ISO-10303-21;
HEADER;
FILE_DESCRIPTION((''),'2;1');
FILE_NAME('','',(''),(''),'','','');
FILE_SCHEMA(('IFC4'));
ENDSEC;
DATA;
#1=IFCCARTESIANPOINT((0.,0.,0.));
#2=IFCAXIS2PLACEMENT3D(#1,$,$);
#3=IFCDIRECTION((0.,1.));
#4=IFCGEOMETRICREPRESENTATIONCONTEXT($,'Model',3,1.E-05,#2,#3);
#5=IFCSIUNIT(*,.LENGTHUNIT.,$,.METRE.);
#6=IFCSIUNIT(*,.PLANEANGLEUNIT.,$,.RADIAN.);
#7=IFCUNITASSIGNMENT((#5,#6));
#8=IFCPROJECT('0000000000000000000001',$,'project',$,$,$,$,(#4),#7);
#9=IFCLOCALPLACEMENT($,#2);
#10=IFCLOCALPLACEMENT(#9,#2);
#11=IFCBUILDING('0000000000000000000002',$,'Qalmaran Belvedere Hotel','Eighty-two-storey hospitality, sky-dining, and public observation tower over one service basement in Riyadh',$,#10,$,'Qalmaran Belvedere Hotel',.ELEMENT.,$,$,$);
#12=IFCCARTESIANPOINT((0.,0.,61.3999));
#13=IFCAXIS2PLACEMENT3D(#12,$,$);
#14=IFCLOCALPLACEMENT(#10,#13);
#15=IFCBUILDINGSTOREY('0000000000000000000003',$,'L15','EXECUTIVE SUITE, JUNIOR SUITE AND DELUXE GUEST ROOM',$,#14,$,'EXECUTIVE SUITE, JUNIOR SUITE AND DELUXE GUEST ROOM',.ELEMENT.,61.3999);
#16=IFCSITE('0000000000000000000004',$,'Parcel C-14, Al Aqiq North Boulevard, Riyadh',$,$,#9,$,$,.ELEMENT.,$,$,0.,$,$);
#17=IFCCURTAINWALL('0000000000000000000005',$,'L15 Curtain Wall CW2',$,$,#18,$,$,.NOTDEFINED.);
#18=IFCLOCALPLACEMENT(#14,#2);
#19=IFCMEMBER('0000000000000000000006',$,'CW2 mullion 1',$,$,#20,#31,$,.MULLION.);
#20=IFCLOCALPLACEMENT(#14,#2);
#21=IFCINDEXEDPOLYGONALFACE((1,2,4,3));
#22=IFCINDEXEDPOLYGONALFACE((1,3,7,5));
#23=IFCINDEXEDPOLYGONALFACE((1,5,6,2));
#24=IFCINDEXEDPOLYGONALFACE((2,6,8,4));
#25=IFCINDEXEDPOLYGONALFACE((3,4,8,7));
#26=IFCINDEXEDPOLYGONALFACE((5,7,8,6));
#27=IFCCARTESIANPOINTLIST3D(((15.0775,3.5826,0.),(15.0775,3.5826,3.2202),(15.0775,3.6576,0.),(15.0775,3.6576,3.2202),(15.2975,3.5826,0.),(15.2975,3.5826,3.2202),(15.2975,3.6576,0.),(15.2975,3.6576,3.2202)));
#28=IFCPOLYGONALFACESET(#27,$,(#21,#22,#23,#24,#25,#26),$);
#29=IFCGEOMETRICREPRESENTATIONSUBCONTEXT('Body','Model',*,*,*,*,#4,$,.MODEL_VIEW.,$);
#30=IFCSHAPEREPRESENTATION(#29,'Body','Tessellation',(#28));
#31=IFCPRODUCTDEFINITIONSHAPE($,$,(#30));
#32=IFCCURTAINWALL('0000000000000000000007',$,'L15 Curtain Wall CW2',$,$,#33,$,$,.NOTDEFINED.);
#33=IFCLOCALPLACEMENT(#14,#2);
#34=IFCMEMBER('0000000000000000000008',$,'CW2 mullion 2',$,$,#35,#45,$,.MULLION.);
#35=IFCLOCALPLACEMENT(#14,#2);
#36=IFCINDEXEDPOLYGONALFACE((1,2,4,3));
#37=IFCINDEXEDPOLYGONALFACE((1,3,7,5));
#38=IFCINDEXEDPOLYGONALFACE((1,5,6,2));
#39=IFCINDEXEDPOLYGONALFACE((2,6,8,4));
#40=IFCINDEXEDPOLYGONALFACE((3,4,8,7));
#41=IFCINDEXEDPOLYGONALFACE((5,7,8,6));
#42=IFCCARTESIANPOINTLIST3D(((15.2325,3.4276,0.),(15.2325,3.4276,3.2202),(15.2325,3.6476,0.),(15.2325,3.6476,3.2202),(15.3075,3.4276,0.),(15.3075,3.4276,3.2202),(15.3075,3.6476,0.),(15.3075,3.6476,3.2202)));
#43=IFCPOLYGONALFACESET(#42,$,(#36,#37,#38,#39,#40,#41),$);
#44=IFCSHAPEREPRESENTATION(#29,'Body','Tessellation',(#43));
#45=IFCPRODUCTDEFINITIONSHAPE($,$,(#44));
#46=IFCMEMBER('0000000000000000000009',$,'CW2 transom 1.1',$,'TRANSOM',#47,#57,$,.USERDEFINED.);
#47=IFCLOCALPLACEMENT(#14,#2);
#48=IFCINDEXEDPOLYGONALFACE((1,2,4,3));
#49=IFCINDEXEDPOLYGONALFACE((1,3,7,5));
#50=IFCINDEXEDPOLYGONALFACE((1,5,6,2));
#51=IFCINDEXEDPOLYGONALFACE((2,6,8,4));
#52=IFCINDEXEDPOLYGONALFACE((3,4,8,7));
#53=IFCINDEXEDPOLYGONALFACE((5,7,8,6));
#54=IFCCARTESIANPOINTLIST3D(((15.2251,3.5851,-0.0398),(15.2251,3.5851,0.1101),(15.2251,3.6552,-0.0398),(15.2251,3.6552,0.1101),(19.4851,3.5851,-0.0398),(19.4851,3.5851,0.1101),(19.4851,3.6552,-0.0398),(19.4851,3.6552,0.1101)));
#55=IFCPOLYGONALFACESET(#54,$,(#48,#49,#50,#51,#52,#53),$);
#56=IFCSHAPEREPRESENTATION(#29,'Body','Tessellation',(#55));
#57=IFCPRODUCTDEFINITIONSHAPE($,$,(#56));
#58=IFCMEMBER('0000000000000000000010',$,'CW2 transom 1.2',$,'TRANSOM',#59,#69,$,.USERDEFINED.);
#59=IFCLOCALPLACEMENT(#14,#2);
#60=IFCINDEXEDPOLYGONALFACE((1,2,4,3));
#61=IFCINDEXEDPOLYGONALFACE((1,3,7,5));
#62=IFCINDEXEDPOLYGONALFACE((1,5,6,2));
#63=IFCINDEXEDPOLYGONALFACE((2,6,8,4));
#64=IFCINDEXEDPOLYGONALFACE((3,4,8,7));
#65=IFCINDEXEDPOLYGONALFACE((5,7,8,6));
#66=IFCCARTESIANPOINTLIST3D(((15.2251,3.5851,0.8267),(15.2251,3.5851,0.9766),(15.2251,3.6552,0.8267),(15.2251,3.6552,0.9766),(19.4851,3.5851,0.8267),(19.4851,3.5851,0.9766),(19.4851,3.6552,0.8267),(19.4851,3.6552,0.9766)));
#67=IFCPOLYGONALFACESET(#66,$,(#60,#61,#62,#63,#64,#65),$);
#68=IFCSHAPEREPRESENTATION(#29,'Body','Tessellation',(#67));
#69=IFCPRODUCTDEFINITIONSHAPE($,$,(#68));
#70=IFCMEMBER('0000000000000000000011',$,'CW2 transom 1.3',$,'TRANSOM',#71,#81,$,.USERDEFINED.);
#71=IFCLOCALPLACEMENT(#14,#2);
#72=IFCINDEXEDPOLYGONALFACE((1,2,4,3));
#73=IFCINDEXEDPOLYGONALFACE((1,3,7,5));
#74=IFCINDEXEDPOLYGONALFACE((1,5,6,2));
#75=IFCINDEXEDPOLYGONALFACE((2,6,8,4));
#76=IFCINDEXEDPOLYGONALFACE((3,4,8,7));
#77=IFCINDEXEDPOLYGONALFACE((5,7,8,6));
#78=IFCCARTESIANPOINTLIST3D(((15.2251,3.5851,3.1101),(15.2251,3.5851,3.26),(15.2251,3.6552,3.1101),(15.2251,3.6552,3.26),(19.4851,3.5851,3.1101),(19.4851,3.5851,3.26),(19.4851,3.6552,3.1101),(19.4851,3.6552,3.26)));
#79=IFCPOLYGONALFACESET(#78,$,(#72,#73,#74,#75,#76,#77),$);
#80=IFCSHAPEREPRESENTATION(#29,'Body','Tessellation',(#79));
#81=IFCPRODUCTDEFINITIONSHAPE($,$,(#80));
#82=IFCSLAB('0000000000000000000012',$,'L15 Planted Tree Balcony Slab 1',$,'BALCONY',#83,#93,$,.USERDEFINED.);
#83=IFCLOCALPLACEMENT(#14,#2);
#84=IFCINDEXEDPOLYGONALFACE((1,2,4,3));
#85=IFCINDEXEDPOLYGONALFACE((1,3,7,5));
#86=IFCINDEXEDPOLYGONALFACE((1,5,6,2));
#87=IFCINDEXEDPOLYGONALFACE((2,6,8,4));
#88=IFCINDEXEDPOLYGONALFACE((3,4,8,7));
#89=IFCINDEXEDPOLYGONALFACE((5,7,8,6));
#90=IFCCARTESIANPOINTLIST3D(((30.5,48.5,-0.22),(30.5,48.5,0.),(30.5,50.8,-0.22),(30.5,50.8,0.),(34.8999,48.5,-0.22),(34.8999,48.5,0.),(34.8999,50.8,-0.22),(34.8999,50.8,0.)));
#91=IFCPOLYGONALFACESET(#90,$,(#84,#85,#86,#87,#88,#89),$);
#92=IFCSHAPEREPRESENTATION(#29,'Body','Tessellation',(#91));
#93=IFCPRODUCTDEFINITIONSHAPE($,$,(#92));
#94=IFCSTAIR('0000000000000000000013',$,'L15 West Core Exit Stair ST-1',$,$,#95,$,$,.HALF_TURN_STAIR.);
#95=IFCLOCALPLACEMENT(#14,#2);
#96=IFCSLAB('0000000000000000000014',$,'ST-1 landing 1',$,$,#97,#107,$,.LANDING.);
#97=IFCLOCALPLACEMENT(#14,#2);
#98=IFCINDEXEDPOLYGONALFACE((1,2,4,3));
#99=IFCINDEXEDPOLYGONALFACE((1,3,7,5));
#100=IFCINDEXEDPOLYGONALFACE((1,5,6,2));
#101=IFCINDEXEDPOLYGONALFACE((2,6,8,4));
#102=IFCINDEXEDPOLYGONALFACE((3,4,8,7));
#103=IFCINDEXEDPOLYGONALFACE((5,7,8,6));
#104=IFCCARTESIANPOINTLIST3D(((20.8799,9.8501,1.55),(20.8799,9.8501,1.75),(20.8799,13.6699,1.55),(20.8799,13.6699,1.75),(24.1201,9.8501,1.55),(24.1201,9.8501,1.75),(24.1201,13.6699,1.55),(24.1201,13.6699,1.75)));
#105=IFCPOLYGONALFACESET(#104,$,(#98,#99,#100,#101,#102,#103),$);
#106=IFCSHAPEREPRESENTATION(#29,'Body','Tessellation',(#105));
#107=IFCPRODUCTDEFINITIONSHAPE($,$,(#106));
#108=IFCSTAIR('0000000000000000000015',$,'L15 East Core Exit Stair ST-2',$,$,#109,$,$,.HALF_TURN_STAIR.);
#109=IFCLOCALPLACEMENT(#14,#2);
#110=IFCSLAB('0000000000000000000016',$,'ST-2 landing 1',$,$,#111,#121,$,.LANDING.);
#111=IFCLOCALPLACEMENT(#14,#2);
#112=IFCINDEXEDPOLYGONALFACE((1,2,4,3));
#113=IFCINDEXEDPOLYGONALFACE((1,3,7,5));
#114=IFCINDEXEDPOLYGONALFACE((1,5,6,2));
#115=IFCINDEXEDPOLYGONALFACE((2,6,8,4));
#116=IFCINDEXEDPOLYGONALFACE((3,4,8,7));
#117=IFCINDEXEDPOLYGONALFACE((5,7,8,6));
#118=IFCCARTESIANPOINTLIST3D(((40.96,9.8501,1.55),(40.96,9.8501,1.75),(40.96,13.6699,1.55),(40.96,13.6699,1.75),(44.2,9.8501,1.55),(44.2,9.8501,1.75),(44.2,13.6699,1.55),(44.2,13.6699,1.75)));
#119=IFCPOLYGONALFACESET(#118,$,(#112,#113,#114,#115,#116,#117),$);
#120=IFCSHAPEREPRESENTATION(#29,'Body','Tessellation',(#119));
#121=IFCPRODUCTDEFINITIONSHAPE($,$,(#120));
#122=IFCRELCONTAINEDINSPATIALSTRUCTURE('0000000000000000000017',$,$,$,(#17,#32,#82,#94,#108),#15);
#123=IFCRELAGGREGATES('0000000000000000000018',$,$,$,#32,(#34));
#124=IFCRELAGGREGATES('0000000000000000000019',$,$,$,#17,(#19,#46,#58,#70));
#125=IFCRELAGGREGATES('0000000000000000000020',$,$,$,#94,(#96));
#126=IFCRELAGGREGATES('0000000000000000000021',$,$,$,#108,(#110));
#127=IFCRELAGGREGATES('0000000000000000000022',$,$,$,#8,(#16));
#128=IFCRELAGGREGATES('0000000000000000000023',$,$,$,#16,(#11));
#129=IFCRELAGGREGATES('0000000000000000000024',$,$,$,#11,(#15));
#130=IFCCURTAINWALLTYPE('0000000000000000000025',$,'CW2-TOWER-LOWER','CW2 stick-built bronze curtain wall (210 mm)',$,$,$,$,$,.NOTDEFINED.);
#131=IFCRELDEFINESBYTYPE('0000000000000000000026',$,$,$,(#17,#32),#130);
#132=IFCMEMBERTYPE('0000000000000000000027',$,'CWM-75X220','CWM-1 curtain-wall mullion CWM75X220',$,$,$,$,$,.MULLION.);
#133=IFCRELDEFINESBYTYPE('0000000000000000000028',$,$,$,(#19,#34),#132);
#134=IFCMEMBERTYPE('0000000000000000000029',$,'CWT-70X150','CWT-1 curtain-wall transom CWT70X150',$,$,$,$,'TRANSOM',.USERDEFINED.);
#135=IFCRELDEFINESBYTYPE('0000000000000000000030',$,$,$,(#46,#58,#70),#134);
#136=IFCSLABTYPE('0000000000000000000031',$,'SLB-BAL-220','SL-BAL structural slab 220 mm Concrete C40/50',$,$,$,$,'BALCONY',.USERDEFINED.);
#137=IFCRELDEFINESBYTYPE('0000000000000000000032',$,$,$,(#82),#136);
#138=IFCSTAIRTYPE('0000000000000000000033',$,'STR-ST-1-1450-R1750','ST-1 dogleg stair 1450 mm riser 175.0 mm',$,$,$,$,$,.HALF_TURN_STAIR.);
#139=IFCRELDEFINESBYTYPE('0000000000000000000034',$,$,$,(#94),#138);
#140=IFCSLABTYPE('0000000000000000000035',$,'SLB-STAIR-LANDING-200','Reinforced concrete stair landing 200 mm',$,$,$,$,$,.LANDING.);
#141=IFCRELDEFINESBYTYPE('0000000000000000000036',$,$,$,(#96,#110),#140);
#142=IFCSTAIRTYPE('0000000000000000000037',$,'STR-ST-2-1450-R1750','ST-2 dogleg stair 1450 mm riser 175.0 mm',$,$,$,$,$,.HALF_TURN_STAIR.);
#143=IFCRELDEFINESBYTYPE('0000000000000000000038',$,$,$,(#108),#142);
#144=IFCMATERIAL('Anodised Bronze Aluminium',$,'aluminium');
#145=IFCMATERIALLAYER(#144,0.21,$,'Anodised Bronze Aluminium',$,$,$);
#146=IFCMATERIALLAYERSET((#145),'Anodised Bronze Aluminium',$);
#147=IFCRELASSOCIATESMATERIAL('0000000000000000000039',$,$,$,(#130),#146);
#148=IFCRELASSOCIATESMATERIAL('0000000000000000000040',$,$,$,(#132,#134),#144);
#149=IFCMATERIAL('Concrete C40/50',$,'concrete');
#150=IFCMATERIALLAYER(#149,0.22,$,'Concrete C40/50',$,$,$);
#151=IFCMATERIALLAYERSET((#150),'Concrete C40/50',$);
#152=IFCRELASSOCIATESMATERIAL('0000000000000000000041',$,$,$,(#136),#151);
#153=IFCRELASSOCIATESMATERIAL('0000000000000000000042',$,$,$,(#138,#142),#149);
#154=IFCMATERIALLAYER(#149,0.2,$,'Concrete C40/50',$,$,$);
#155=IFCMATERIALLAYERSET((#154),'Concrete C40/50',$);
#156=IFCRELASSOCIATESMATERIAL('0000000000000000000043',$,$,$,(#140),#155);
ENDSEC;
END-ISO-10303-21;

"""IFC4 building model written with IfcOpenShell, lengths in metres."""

from ifc_helpers import new_model, si_unit, direction, frame, origin, origin_2d, place, context, subcontext, project, spatial, polyline, rectangle, outline, extrude, material, layer, layer_set, material_profile, profile_set, type_object, element, aggregate, save


model = new_model("IFC4")

# Units and contexts
model_context = context("Model", 3, precision=1e-05, world=origin(), true_north=direction((0.0, 1.0)))
body_context = subcontext(model_context, "Body", "Model", "MODEL_VIEW")
ifc_project = project(units=[si_unit("LENGTHUNIT", "METRE"), si_unit("PLANEANGLEUNIT", "RADIAN")], contexts=[model_context])

# Site, building, storey
site_placement = place(None, origin())
site = spatial("IfcSite", under=ifc_project, at=site_placement, Name="Parcel C-14, Al Aqiq North Boulevard, Riyadh", CompositionType="ELEMENT", RefElevation=0.0)
building_placement = place(site_placement, origin())
building = spatial("IfcBuilding", under=site, at=building_placement, Name="Qalmaran Belvedere Hotel", Description="Eighty-two-storey hospitality, sky-dining, and public observation tower over one service basement in Riyadh", LongName="Qalmaran Belvedere Hotel", CompositionType="ELEMENT")
storey_placement = place(building_placement, frame((0.0, 0.0, 61.3999)))
storey = spatial("IfcBuildingStorey", under=building, at=storey_placement, Name="L15", Description="EXECUTIVE SUITE, JUNIOR SUITE AND DELUXE GUEST ROOM", LongName="EXECUTIVE SUITE, JUNIOR SUITE AND DELUXE GUEST ROOM", CompositionType="ELEMENT", Elevation=61.3999)

# Curtain walls, members
ifc_material_1 = material(Name="Anodised Bronze Aluminium", Category="aluminium")
ifc_layer_1 = layer(ifc_material_1, 0.21, Name="Anodised Bronze Aluminium")
ifc_layer_set_1 = layer_set([ifc_layer_1], Name="Anodised Bronze Aluminium")
curtain_wall_type = type_object("IfcCurtainWallType", Name="CW2-TOWER-LOWER", Description="CW2 stick-built bronze curtain wall (210 mm)", PredefinedType="NOTDEFINED", material=ifc_layer_set_1)
curtain_wall_1_placement = place(storey_placement, origin())
curtain_wall_1 = element("IfcCurtainWall", 1, at=curtain_wall_1_placement, inside=storey, type_object=curtain_wall_type, Name="L15 Curtain Wall CW2", PredefinedType="NOTDEFINED")
ifc_material_profile_1 = material_profile(ifc_material_1, rectangle(XDim=0.075, YDim=0.22, at=origin_2d()), Name="CWM75X220")
ifc_profile_set_1 = profile_set([ifc_material_profile_1], Name="Anodised Bronze Aluminium")
member_type_1 = type_object("IfcMemberType", Name="CWM-75X220", Description="CWM-1 curtain-wall mullion CWM75X220", PredefinedType="MULLION", material=ifc_profile_set_1)
member_1_placement = place(storey_placement, frame((15.1875, 3.6201, 0.0), z_axis=(0.0, 0.0, 1.0), x_axis=(0.0, 1.0, 0.0)))
member_1 = element("IfcMember", 2, at=member_1_placement, type_object=member_type_1, Name="CW2 mullion 1", PredefinedType="MULLION", context=body_context, shape_type="SweptSolid", body=[
    extrude(rectangle(XDim=0.075, YDim=0.22, at=origin_2d()), origin(), (0.0, 0.0, 1.0), 3.2202),
])
curtain_wall_2_placement = place(storey_placement, origin())
curtain_wall_2 = element("IfcCurtainWall", 3, at=curtain_wall_2_placement, inside=storey, type_object=curtain_wall_type, Name="L15 Curtain Wall CW2", PredefinedType="NOTDEFINED")
member_2_placement = place(storey_placement, frame((15.27, 3.5376, 0.0), z_axis=(0.0, 0.0, 1.0), x_axis=(1.0, 0.0, 0.0)))
member_2 = element("IfcMember", 4, at=member_2_placement, type_object=member_type_1, Name="CW2 mullion 2", PredefinedType="MULLION", context=body_context, shape_type="SweptSolid", body=[
    extrude(rectangle(XDim=0.075, YDim=0.22, at=origin_2d()), origin(), (0.0, 0.0, 1.0), 3.2202),
])
aggregate(curtain_wall_2, [member_2])

# Members
ifc_material_profile_2 = material_profile(ifc_material_1, rectangle(XDim=0.0701, YDim=0.1499, at=origin_2d()), Name="CWT70X150")
ifc_profile_set_2 = profile_set([ifc_material_profile_2], Name="Anodised Bronze Aluminium")
member_type_2 = type_object("IfcMemberType", Name="CWT-70X150", Description="CWT-1 curtain-wall transom CWT70X150", ElementType="TRANSOM", PredefinedType="USERDEFINED", material=ifc_profile_set_2)
member_3_placement = place(storey_placement, frame((15.2251, 3.6201, 0.0352), z_axis=(1.0, 0.0, 0.0), x_axis=(0.0, 1.0, 0.0)))
member_3 = element("IfcMember", 5, at=member_3_placement, type_object=member_type_2, Name="CW2 transom 1.1", ObjectType="TRANSOM", PredefinedType="USERDEFINED", context=body_context, shape_type="SweptSolid", body=[
    extrude(rectangle(XDim=0.0701, YDim=0.1499, at=origin_2d()), origin(), (0.0, 0.0, 1.0), 4.26),
])
member_4_placement = place(storey_placement, frame((15.2251, 3.6201, 0.9016), z_axis=(1.0, 0.0, 0.0), x_axis=(0.0, 1.0, 0.0)))
member_4 = element("IfcMember", 6, at=member_4_placement, type_object=member_type_2, Name="CW2 transom 1.2", ObjectType="TRANSOM", PredefinedType="USERDEFINED", context=body_context, shape_type="SweptSolid", body=[
    extrude(rectangle(XDim=0.0701, YDim=0.1499, at=origin_2d()), origin(), (0.0, 0.0, 1.0), 4.26),
])
member_5_placement = place(storey_placement, frame((15.2251, 3.6201, 3.1851), z_axis=(1.0, 0.0, 0.0), x_axis=(0.0, 1.0, 0.0)))
member_5 = element("IfcMember", 7, at=member_5_placement, type_object=member_type_2, Name="CW2 transom 1.3", ObjectType="TRANSOM", PredefinedType="USERDEFINED", context=body_context, shape_type="SweptSolid", body=[
    extrude(rectangle(XDim=0.0701, YDim=0.1499, at=origin_2d()), origin(), (0.0, 0.0, 1.0), 4.26),
])
aggregate(curtain_wall_1, [member_1, member_3, member_4, member_5])

# Slab
ifc_material_2 = material(Name="Concrete C40/50", Category="concrete")
ifc_layer_2 = layer(ifc_material_2, 0.22, Name="Concrete C40/50")
ifc_layer_set_2 = layer_set([ifc_layer_2], Name="Concrete C40/50")
slab_type_1 = type_object("IfcSlabType", Name="SLB-BAL-220", Description="SL-BAL structural slab 220 mm Concrete C40/50", ElementType="BALCONY", PredefinedType="USERDEFINED", material=ifc_layer_set_2)
slab_1_placement = place(storey_placement, frame((0.0, 0.0, -0.22)))
element("IfcSlab", 8, at=slab_1_placement, inside=storey, type_object=slab_type_1, Name="L15 Planted Tree Balcony Slab 1", ObjectType="BALCONY", PredefinedType="USERDEFINED", context=body_context, shape_type="SweptSolid", body=[
    extrude(outline(polyline([(30.5, 48.5), (34.8999, 48.5), (34.8999, 50.8), (30.5, 50.8), (30.5, 48.5)])), origin(), (0.0, 0.0, 1.0), 0.22),
])

# Stairs, slabs
stair_type_1 = type_object("IfcStairType", Name="STR-ST-1-1450-R1750", Description="ST-1 dogleg stair 1450 mm riser 175.0 mm", PredefinedType="HALF_TURN_STAIR", material=ifc_material_2)
stair_1_placement = place(storey_placement, origin())
stair_1 = element("IfcStair", 9, at=stair_1_placement, inside=storey, type_object=stair_type_1, Name="L15 West Core Exit Stair ST-1", PredefinedType="HALF_TURN_STAIR")
ifc_layer_3 = layer(ifc_material_2, 0.2, Name="Concrete C40/50")
ifc_layer_set_3 = layer_set([ifc_layer_3], Name="Concrete C40/50")
slab_type_2 = type_object("IfcSlabType", Name="SLB-STAIR-LANDING-200", Description="Reinforced concrete stair landing 200 mm", PredefinedType="LANDING", material=ifc_layer_set_3)
slab_2_placement = place(storey_placement, frame((0.0, 0.0, 1.55)))
slab_2 = element("IfcSlab", 10, at=slab_2_placement, type_object=slab_type_2, Name="ST-1 landing 1", PredefinedType="LANDING", context=body_context, shape_type="SweptSolid", body=[
    extrude(outline(polyline([(20.8799, 13.6699), (20.8799, 9.8501), (24.1201, 9.8501), (24.1201, 13.6699), (20.8799, 13.6699)])), origin(), (0.0, 0.0, 1.0), 0.2),
])
aggregate(stair_1, [slab_2])
stair_type_2 = type_object("IfcStairType", Name="STR-ST-2-1450-R1750", Description="ST-2 dogleg stair 1450 mm riser 175.0 mm", PredefinedType="HALF_TURN_STAIR", material=ifc_material_2)
stair_2_placement = place(storey_placement, origin())
stair_2 = element("IfcStair", 11, at=stair_2_placement, inside=storey, type_object=stair_type_2, Name="L15 East Core Exit Stair ST-2", PredefinedType="HALF_TURN_STAIR")
slab_3_placement = place(storey_placement, frame((0.0, 0.0, 1.55)))
slab_3 = element("IfcSlab", 12, at=slab_3_placement, type_object=slab_type_2, Name="ST-2 landing 1", PredefinedType="LANDING", context=body_context, shape_type="SweptSolid", body=[
    extrude(outline(polyline([(40.96, 13.6699), (40.96, 9.8501), (44.2, 9.8501), (44.2, 13.6699), (40.96, 13.6699)])), origin(), (0.0, 0.0, 1.0), 0.2),
])
aggregate(stair_2, [slab_3])

save(model, "model.ifc")
